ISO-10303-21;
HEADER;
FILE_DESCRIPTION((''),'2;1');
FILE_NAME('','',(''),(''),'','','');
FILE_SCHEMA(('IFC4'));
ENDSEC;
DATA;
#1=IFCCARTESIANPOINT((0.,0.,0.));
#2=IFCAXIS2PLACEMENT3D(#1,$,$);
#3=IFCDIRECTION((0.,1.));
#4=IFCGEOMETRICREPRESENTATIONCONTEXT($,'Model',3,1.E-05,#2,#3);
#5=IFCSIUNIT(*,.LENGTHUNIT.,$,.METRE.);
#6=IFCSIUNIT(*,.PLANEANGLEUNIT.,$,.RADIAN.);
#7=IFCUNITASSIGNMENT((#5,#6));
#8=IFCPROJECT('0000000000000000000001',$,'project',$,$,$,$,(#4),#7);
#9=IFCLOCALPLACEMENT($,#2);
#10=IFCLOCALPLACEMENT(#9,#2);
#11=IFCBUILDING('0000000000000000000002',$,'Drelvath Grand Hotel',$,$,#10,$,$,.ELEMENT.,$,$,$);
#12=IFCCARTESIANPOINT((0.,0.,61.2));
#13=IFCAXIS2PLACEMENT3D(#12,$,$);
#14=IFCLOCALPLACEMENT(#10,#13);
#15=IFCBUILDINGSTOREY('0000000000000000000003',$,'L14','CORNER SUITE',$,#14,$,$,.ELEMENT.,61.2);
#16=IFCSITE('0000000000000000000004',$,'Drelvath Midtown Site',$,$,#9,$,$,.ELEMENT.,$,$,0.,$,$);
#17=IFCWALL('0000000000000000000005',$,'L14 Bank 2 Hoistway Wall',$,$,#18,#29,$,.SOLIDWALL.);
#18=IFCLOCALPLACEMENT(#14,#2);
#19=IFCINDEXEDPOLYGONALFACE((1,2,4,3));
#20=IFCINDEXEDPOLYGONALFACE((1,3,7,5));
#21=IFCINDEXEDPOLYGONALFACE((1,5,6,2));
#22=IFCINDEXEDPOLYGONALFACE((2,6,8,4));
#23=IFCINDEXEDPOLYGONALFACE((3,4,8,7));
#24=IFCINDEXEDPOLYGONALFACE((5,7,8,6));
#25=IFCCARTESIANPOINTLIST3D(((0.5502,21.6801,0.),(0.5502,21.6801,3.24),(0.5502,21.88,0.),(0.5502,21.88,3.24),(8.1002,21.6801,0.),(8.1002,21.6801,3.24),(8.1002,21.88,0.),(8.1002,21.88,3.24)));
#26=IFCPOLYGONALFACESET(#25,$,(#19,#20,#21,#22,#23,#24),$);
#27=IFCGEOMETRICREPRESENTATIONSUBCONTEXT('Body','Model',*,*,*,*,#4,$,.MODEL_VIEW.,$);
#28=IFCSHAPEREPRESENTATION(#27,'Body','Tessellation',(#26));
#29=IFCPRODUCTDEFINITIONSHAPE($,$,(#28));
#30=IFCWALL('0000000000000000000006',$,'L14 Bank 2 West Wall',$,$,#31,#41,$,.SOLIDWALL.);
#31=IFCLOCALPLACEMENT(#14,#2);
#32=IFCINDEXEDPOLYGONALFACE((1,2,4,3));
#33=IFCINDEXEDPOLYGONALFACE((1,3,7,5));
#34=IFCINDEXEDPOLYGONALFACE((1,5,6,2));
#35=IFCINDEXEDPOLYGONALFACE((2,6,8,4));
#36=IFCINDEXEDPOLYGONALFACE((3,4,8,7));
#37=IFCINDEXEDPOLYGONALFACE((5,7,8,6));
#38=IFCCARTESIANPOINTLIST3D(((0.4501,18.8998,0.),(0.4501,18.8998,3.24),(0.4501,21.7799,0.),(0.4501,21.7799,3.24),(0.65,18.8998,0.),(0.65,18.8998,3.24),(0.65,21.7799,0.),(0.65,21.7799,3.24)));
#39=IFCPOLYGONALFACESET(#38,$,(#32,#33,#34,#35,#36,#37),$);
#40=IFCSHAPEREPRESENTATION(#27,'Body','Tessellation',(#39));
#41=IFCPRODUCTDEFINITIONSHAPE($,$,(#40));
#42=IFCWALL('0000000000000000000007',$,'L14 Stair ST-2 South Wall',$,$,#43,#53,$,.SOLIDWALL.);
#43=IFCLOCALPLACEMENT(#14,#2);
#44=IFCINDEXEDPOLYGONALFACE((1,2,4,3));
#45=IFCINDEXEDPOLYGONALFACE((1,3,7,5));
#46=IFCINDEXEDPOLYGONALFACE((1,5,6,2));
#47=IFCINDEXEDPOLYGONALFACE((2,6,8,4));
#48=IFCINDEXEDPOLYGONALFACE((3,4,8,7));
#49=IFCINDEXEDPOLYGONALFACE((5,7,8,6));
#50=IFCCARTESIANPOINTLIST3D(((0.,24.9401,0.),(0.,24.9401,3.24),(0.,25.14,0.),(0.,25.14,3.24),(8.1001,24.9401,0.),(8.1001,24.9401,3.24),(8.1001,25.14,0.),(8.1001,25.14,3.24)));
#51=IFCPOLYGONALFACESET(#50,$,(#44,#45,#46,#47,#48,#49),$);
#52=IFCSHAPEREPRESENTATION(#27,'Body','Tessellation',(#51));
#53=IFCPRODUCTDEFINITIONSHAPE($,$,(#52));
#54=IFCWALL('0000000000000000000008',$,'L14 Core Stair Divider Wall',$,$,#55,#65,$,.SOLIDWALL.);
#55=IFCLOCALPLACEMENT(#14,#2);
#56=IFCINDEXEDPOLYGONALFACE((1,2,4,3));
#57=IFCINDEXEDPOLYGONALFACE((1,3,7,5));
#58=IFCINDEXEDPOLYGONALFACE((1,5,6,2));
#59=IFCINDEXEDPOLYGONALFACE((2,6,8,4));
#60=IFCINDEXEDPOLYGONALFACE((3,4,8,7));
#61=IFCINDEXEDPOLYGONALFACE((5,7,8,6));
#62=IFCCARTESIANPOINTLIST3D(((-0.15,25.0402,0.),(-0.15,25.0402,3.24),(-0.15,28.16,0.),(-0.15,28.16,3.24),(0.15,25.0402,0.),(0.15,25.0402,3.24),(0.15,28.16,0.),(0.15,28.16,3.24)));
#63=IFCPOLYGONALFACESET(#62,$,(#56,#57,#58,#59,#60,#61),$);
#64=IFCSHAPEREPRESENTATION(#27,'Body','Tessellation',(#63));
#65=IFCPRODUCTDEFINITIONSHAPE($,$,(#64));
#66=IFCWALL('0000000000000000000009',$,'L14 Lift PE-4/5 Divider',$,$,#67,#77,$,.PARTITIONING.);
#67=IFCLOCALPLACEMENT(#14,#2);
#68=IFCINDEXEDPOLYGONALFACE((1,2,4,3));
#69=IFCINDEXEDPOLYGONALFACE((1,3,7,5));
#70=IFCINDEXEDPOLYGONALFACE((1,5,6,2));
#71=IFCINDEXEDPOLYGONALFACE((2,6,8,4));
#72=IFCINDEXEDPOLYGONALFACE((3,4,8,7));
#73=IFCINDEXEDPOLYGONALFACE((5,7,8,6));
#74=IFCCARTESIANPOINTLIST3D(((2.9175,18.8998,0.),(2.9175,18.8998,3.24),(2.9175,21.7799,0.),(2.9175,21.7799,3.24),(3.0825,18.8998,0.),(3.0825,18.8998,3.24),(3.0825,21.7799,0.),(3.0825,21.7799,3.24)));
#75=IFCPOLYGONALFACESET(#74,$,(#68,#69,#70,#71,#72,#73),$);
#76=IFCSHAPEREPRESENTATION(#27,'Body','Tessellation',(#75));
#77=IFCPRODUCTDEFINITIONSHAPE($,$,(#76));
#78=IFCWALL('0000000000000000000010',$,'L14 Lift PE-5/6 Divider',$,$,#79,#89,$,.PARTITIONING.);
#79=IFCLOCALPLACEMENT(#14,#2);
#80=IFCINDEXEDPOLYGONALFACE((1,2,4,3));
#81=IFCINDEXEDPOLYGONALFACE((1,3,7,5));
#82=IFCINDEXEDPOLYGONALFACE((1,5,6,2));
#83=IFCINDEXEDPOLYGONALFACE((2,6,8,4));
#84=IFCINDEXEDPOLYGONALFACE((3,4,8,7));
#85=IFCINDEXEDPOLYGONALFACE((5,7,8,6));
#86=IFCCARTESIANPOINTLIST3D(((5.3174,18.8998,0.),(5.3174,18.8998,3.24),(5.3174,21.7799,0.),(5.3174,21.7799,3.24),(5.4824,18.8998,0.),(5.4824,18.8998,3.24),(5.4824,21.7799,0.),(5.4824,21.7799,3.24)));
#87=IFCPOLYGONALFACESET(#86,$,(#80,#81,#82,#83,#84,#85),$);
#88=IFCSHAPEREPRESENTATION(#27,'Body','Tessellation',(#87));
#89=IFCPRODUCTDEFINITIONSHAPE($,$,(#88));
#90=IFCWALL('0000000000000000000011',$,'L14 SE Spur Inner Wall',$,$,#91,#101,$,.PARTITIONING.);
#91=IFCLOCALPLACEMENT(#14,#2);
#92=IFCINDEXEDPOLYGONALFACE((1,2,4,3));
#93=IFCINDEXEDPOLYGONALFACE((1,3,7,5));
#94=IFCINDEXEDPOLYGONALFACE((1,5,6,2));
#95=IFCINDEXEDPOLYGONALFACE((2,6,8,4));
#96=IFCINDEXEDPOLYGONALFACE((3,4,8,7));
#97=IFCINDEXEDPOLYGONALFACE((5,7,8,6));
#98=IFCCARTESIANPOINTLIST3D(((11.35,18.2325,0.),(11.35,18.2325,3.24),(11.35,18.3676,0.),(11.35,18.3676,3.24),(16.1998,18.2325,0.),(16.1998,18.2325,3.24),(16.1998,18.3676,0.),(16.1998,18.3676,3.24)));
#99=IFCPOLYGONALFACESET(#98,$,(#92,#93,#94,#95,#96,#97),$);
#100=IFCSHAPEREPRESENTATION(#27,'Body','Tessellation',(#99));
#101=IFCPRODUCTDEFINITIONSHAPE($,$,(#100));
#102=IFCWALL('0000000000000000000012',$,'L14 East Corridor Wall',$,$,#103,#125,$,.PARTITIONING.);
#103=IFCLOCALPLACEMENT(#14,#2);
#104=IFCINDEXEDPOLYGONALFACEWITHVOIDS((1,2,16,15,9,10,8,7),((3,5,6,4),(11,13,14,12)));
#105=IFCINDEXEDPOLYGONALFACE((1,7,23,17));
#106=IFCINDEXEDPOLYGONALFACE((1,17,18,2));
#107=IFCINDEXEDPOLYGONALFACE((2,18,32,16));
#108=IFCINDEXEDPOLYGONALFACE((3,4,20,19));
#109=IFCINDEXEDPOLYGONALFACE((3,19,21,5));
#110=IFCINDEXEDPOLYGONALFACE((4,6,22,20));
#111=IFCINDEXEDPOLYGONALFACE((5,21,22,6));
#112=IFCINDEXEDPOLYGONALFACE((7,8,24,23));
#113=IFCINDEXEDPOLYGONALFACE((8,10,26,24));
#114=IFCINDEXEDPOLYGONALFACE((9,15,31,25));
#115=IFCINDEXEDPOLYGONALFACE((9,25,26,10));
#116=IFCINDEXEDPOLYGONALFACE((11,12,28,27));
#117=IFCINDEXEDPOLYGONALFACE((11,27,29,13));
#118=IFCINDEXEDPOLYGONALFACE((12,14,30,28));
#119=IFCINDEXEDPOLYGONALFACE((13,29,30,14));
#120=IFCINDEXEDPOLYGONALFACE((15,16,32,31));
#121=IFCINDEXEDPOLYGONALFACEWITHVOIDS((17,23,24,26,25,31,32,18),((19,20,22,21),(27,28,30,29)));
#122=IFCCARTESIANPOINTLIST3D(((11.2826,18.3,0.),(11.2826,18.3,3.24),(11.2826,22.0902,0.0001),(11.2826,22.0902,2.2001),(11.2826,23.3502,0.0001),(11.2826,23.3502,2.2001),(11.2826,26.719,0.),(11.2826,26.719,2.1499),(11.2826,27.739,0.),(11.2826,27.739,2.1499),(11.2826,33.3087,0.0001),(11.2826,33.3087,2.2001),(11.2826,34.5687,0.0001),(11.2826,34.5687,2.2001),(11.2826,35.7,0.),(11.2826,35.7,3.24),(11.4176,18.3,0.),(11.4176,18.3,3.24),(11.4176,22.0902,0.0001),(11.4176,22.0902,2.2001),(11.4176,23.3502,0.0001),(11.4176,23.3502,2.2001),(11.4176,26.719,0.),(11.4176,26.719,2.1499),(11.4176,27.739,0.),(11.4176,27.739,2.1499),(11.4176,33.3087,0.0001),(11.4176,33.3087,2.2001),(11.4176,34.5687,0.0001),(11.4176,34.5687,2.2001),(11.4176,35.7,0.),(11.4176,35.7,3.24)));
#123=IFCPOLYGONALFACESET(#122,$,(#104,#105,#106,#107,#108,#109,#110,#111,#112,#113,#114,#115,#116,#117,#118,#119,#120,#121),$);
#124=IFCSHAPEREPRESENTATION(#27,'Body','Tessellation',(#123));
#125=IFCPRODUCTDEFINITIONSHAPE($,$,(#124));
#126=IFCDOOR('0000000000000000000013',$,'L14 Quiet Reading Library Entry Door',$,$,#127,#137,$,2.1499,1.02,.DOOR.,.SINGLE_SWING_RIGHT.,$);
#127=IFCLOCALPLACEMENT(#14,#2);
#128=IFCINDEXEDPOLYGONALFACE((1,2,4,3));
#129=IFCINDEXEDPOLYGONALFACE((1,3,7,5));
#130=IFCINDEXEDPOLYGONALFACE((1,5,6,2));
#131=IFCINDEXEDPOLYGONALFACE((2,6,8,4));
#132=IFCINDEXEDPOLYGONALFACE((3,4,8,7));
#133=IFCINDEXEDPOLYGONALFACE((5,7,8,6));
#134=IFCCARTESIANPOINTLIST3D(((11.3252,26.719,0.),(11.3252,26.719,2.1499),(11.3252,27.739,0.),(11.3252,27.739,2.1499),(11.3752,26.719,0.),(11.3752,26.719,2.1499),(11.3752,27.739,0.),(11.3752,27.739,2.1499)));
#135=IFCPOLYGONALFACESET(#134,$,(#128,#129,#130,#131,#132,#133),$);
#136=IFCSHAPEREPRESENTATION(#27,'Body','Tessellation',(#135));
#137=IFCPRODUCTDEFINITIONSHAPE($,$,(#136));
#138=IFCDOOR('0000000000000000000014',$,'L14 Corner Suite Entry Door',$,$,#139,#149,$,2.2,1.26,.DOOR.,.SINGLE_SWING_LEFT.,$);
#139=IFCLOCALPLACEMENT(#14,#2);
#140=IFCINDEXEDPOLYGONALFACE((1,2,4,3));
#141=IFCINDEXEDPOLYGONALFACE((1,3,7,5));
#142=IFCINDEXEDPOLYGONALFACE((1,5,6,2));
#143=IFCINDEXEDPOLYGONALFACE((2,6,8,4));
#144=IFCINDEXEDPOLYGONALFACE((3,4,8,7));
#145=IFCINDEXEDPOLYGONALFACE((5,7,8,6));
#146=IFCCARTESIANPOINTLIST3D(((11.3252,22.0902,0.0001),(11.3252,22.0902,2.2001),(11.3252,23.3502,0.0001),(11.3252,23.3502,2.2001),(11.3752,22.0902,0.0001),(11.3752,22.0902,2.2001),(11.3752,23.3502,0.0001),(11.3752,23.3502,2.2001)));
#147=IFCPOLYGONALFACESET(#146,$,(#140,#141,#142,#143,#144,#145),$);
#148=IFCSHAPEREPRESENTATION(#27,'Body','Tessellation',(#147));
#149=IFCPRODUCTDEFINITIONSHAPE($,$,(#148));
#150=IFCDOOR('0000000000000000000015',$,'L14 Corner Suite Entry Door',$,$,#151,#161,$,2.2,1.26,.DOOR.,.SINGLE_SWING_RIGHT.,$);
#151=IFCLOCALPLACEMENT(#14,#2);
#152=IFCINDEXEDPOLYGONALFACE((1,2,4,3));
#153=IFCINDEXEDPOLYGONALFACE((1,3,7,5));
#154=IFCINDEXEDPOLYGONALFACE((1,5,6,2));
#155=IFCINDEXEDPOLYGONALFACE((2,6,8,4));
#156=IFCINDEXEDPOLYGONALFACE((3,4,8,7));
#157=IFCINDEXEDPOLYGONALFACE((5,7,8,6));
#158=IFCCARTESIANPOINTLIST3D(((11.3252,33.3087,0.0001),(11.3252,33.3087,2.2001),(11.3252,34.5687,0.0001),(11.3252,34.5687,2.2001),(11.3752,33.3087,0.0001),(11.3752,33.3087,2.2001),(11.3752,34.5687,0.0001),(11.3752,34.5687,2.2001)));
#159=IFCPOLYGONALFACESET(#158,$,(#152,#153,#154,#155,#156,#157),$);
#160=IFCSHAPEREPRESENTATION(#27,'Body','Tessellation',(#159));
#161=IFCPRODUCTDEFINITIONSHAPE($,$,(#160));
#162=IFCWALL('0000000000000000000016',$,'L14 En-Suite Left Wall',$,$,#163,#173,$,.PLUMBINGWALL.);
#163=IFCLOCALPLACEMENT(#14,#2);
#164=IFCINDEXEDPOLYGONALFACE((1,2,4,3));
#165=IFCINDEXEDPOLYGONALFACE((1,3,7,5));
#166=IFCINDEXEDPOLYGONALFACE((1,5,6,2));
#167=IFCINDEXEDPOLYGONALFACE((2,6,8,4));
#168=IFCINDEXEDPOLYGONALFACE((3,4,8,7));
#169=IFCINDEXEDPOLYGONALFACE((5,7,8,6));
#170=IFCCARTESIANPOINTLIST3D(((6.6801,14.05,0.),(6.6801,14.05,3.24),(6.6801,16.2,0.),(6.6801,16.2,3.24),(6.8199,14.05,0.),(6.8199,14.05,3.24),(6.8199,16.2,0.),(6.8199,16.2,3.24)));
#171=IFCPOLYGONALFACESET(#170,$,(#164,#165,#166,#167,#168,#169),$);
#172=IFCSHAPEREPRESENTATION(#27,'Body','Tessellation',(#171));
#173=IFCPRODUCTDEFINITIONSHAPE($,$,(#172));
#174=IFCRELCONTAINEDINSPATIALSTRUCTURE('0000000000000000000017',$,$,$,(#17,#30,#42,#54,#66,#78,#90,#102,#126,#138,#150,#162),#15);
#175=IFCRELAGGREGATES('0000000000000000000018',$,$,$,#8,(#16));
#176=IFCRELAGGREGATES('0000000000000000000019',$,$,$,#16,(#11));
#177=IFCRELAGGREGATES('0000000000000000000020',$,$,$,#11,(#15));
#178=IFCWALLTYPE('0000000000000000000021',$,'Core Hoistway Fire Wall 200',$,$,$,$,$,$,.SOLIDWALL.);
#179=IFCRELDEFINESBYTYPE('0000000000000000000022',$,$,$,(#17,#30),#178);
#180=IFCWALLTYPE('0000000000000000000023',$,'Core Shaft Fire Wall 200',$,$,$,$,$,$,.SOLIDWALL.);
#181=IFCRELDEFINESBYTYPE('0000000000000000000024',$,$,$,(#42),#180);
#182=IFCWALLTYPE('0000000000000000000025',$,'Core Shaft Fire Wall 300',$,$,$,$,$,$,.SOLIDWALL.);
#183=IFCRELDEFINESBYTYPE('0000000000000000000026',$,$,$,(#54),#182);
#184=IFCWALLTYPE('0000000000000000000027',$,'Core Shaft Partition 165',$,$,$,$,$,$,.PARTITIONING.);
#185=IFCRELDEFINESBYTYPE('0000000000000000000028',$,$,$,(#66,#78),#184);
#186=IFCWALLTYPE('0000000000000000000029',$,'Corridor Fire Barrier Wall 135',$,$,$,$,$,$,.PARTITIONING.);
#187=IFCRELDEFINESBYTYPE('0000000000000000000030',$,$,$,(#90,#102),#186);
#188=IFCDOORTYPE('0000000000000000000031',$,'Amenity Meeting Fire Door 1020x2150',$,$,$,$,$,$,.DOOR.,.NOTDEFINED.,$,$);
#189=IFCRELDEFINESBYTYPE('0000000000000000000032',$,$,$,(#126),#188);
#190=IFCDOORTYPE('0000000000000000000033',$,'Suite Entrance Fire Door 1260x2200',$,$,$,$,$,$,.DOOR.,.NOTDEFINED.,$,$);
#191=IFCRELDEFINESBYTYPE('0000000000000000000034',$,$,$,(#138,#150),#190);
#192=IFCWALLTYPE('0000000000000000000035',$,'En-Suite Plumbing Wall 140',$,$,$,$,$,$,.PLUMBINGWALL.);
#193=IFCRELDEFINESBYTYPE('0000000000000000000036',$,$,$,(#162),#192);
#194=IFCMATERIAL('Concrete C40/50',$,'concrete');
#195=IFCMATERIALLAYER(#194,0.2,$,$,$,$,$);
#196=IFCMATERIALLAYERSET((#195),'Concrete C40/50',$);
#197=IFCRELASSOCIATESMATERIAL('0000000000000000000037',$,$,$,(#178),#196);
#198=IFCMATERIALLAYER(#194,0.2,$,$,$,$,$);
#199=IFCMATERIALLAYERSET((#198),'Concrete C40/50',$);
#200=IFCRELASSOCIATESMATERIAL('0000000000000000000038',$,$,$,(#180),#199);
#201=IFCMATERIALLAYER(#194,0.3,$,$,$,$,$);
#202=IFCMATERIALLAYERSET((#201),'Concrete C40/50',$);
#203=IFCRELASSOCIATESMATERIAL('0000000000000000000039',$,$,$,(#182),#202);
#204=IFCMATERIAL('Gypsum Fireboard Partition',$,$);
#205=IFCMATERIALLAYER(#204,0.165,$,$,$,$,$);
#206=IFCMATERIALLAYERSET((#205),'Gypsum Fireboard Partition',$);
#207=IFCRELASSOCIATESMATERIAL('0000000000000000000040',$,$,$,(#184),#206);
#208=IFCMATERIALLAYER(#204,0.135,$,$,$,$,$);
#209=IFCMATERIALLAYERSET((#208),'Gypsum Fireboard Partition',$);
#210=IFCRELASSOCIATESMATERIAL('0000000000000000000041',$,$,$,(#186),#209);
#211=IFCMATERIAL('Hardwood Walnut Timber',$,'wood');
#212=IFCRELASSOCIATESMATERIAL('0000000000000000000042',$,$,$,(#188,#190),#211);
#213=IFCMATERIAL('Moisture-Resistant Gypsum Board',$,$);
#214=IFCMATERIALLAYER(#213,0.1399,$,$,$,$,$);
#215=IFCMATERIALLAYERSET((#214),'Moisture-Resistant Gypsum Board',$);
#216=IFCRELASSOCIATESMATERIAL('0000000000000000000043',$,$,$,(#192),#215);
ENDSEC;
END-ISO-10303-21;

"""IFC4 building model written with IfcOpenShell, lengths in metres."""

from ifc_helpers import new_model, si_unit, direction, frame, frame_2d, origin, place, context, subcontext, project, spatial, rectangle, extrude, material, layer, layer_set, type_object, element, fill, save


model = new_model("IFC4")

# Units and contexts
model_context = context("Model", 3, precision=1e-05, world=origin(), true_north=direction((0.0, 1.0)))
body_context = subcontext(model_context, "Body", "Model", "MODEL_VIEW")
ifc_project = project(units=[si_unit("LENGTHUNIT", "METRE"), si_unit("PLANEANGLEUNIT", "RADIAN")], contexts=[model_context])

# Site, building, storey
site_placement = place(None, origin())
site = spatial("IfcSite", under=ifc_project, at=site_placement, Name="Drelvath Midtown Site", CompositionType="ELEMENT", RefElevation=0.0)
building_placement = place(site_placement, origin())
building = spatial("IfcBuilding", under=site, at=building_placement, Name="Drelvath Grand Hotel", CompositionType="ELEMENT")
storey_placement = place(building_placement, frame((0.0, 0.0, 61.2)))
storey = spatial("IfcBuildingStorey", under=building, at=storey_placement, Name="L14", Description="CORNER SUITE", CompositionType="ELEMENT", Elevation=61.2)

# Walls
ifc_material_1 = material(Name="Concrete C40/50", Category="concrete")
ifc_layer_1 = layer(ifc_material_1, 0.2)
ifc_layer_set_1 = layer_set([ifc_layer_1], Name="Concrete C40/50")
wall_type_1 = type_object("IfcWallType", Name="Core Hoistway Fire Wall 200", PredefinedType="SOLIDWALL", material=ifc_layer_set_1)
wall_1_placement = place(storey_placement, frame((8.1001, 21.78, 0.0), z_axis=(0.0, 0.0, 1.0), x_axis=(-1.0, 0.0, 0.0)))
element("IfcWall", 1, at=wall_1_placement, inside=storey, type_object=wall_type_1, Name="L14 Bank 2 Hoistway Wall", PredefinedType="SOLIDWALL", context=body_context, shape_type="SweptSolid", body=[
    extrude(rectangle(XDim=7.55, YDim=0.2, at=frame_2d((3.7749, 0.0))), origin(), (0.0, 0.0, 1.0), 3.24),
])
wall_2_placement = place(storey_placement, frame((0.55, 18.8999, 0.0), z_axis=(0.0, 0.0, 1.0), x_axis=(0.0, 1.0, 0.0)))
element("IfcWall", 2, at=wall_2_placement, inside=storey, type_object=wall_type_1, Name="L14 Bank 2 West Wall", PredefinedType="SOLIDWALL", context=body_context, shape_type="SweptSolid", body=[
    extrude(rectangle(XDim=2.8801, YDim=0.2, at=frame_2d((1.4399, 0.0))), origin(), (0.0, 0.0, 1.0), 3.24),
])
ifc_layer_2 = layer(ifc_material_1, 0.2)
ifc_layer_set_2 = layer_set([ifc_layer_2], Name="Concrete C40/50")
wall_type_2 = type_object("IfcWallType", Name="Core Shaft Fire Wall 200", PredefinedType="SOLIDWALL", material=ifc_layer_set_2)
wall_3_placement = place(storey_placement, frame((0.0, 25.04, 0.0), z_axis=(0.0, 0.0, 1.0), x_axis=(1.0, 0.0, 0.0)))
element("IfcWall", 3, at=wall_3_placement, inside=storey, type_object=wall_type_2, Name="L14 Stair ST-2 South Wall", PredefinedType="SOLIDWALL", context=body_context, shape_type="SweptSolid", body=[
    extrude(rectangle(XDim=8.1001, YDim=0.2, at=frame_2d((4.05, 0.0))), origin(), (0.0, 0.0, 1.0), 3.24),
])
ifc_layer_3 = layer(ifc_material_1, 0.3)
ifc_layer_set_3 = layer_set([ifc_layer_3], Name="Concrete C40/50")
wall_type_3 = type_object("IfcWallType", Name="Core Shaft Fire Wall 300", PredefinedType="SOLIDWALL", material=ifc_layer_set_3)
wall_4_placement = place(storey_placement, frame((0.0, 25.04, 0.0), z_axis=(0.0, 0.0, 1.0), x_axis=(0.0, 1.0, 0.0)))
element("IfcWall", 4, at=wall_4_placement, inside=storey, type_object=wall_type_3, Name="L14 Core Stair Divider Wall", PredefinedType="SOLIDWALL", context=body_context, shape_type="SweptSolid", body=[
    extrude(rectangle(XDim=3.1199, YDim=0.3, at=frame_2d((1.5601, 0.0))), origin(), (0.0, 0.0, 1.0), 3.24),
])
ifc_material_2 = material(Name="Gypsum Fireboard Partition")
ifc_layer_4 = layer(ifc_material_2, 0.165)
ifc_layer_set_4 = layer_set([ifc_layer_4], Name="Gypsum Fireboard Partition")
wall_type_4 = type_object("IfcWallType", Name="Core Shaft Partition 165", PredefinedType="PARTITIONING", material=ifc_layer_set_4)
for number, where, z_axis, x_axis, name in (
    (5, (3.0, 18.8999, 0.0), (0.0, 0.0, 1.0), (0.0, 1.0, 0.0), "L14 Lift PE-4/5 Divider"),
    (6, (5.3999, 18.8999, 0.0), (0.0, 0.0, 1.0), (0.0, 1.0, 0.0), "L14 Lift PE-5/6 Divider"),
):
    element("IfcWall", number, at=place(storey_placement, frame(where, z_axis=z_axis, x_axis=x_axis)), inside=storey, type_object=wall_type_4, Name=name, PredefinedType="PARTITIONING", context=body_context, shape_type="SweptSolid", body=[
        extrude(rectangle(XDim=2.8801, YDim=0.165, at=frame_2d((1.4399, 0.0))), origin(), (0.0, 0.0, 1.0), 3.24),
    ])
ifc_layer_5 = layer(ifc_material_2, 0.135)
ifc_layer_set_5 = layer_set([ifc_layer_5], Name="Gypsum Fireboard Partition")
wall_type_5 = type_object("IfcWallType", Name="Corridor Fire Barrier Wall 135", PredefinedType="PARTITIONING", material=ifc_layer_set_5)
wall_5_placement = place(storey_placement, frame((11.3501, 18.3, 0.0), z_axis=(0.0, 0.0, 1.0), x_axis=(1.0, 0.0, 0.0)))
element("IfcWall", 7, at=wall_5_placement, inside=storey, type_object=wall_type_5, Name="L14 SE Spur Inner Wall", PredefinedType="PARTITIONING", context=body_context, shape_type="SweptSolid", body=[
    extrude(rectangle(XDim=4.8499, YDim=0.135, at=frame_2d((2.4248, 0.0))), origin(), (0.0, 0.0, 1.0), 3.24),
])

# Wall, openings, doors
wall_6_placement = place(storey_placement, frame((11.3501, 18.3, 0.0), z_axis=(0.0, 0.0, 1.0), x_axis=(0.0, 1.0, 0.0)))
wall_6 = element("IfcWall", 8, at=wall_6_placement, inside=storey, type_object=wall_type_5, Name="L14 East Corridor Wall", PredefinedType="PARTITIONING", context=body_context, shape_type="SweptSolid", body=[
    extrude(rectangle(XDim=17.3999, YDim=0.135, at=frame_2d((8.7, 0.0))), origin(), (0.0, 0.0, 1.0), 3.24),
])
opening_1_placement = place(wall_6_placement, frame((3.7903, 0.0, 0.0)))
opening_1 = element("IfcOpeningElement", 9, at=opening_1_placement, cuts=wall_6, PredefinedType="OPENING", context=body_context, shape_type="SweptSolid", body=[
    extrude(rectangle(XDim=1.26, YDim=2.2, at=frame_2d((0.6299, 1.1001))), frame((0.0, 0.0774, 0.0), z_axis=(0.0, -1.0, 0.0), x_axis=(1.0, 0.0, 0.0)), (0.0, 0.0, 1.0), 0.155),
])
opening_2_placement = place(wall_6_placement, frame((8.4189, 0.0, 0.0)))
opening_2 = element("IfcOpeningElement", 10, at=opening_2_placement, cuts=wall_6, PredefinedType="OPENING", context=body_context, shape_type="SweptSolid", body=[
    extrude(rectangle(XDim=1.02, YDim=2.1499, at=frame_2d((0.51, 1.075))), frame((0.0, 0.0774, 0.0), z_axis=(0.0, -1.0, 0.0), x_axis=(1.0, 0.0, 0.0)), (0.0, 0.0, 1.0), 0.155),
])
opening_3_placement = place(wall_6_placement, frame((15.0088, 0.0, 0.0)))
opening_3 = element("IfcOpeningElement", 11, at=opening_3_placement, cuts=wall_6, PredefinedType="OPENING", context=body_context, shape_type="SweptSolid", body=[
    extrude(rectangle(XDim=1.26, YDim=2.2, at=frame_2d((0.6299, 1.1001))), frame((0.0, 0.0774, 0.0), z_axis=(0.0, -1.0, 0.0), x_axis=(1.0, 0.0, 0.0)), (0.0, 0.0, 1.0), 0.155),
])
ifc_material_3 = material(Name="Hardwood Walnut Timber", Category="wood")
door_type_1 = type_object("IfcDoorType", Name="Amenity Meeting Fire Door 1020x2150", OperationType="NOTDEFINED", PredefinedType="DOOR", material=ifc_material_3)
door_1_placement = place(opening_2_placement, origin())
door_1 = element("IfcDoor", 12, at=door_1_placement, inside=storey, type_object=door_type_1, Name="L14 Quiet Reading Library Entry Door", OperationType="SINGLE_SWING_RIGHT", OverallHeight=2.1499, OverallWidth=1.02, PredefinedType="DOOR", context=body_context, shape_type="SweptSolid", body=[
    extrude(rectangle(XDim=1.02, YDim=2.1499, at=frame_2d((0.51, 1.075))), frame((0.0, 0.0249, 0.0), z_axis=(0.0, -1.0, 0.0), x_axis=(1.0, 0.0, 0.0)), (0.0, 0.0, 1.0), 0.05),
])
fill(opening_2, door_1)
door_type_2 = type_object("IfcDoorType", Name="Suite Entrance Fire Door 1260x2200", OperationType="NOTDEFINED", PredefinedType="DOOR", material=ifc_material_3)
door_2_placement = place(opening_1_placement, origin())
door_2 = element("IfcDoor", 13, at=door_2_placement, inside=storey, type_object=door_type_2, Name="L14 Corner Suite Entry Door", OperationType="SINGLE_SWING_LEFT", OverallHeight=2.2, OverallWidth=1.26, PredefinedType="DOOR", context=body_context, shape_type="SweptSolid", body=[
    extrude(rectangle(XDim=1.26, YDim=2.2, at=frame_2d((0.6299, 1.1001))), frame((0.0, 0.0249, 0.0), z_axis=(0.0, -1.0, 0.0), x_axis=(1.0, 0.0, 0.0)), (0.0, 0.0, 1.0), 0.05),
])
fill(opening_1, door_2)
door_3_placement = place(opening_3_placement, origin())
door_3 = element("IfcDoor", 14, at=door_3_placement, inside=storey, type_object=door_type_2, Name="L14 Corner Suite Entry Door", OperationType="SINGLE_SWING_RIGHT", OverallHeight=2.2, OverallWidth=1.26, PredefinedType="DOOR", context=body_context, shape_type="SweptSolid", body=[
    extrude(rectangle(XDim=1.26, YDim=2.2, at=frame_2d((0.6299, 1.1001))), frame((0.0, 0.0249, 0.0), z_axis=(0.0, -1.0, 0.0), x_axis=(1.0, 0.0, 0.0)), (0.0, 0.0, 1.0), 0.05),
])
fill(opening_3, door_3)

# Wall
ifc_material_4 = material(Name="Moisture-Resistant Gypsum Board")
ifc_layer_6 = layer(ifc_material_4, 0.1399)
ifc_layer_set_6 = layer_set([ifc_layer_6], Name="Moisture-Resistant Gypsum Board")
wall_type_6 = type_object("IfcWallType", Name="En-Suite Plumbing Wall 140", PredefinedType="PLUMBINGWALL", material=ifc_layer_set_6)
for number, where, z_axis, x_axis, name in (
    (15, (6.75, 16.2, 0.0), (0.0, 0.0, 1.0), (0.0, -1.0, 0.0), "L14 En-Suite Left Wall"),
):
    element("IfcWall", number, at=place(storey_placement, frame(where, z_axis=z_axis, x_axis=x_axis)), inside=storey, type_object=wall_type_6, Name=name, PredefinedType="PLUMBINGWALL", context=body_context, shape_type="SweptSolid", body=[
        extrude(rectangle(XDim=2.1499, YDim=0.1399, at=frame_2d((1.075, 0.0))), origin(), (0.0, 0.0, 1.0), 3.24),
    ])

save(model, "model.ifc")
